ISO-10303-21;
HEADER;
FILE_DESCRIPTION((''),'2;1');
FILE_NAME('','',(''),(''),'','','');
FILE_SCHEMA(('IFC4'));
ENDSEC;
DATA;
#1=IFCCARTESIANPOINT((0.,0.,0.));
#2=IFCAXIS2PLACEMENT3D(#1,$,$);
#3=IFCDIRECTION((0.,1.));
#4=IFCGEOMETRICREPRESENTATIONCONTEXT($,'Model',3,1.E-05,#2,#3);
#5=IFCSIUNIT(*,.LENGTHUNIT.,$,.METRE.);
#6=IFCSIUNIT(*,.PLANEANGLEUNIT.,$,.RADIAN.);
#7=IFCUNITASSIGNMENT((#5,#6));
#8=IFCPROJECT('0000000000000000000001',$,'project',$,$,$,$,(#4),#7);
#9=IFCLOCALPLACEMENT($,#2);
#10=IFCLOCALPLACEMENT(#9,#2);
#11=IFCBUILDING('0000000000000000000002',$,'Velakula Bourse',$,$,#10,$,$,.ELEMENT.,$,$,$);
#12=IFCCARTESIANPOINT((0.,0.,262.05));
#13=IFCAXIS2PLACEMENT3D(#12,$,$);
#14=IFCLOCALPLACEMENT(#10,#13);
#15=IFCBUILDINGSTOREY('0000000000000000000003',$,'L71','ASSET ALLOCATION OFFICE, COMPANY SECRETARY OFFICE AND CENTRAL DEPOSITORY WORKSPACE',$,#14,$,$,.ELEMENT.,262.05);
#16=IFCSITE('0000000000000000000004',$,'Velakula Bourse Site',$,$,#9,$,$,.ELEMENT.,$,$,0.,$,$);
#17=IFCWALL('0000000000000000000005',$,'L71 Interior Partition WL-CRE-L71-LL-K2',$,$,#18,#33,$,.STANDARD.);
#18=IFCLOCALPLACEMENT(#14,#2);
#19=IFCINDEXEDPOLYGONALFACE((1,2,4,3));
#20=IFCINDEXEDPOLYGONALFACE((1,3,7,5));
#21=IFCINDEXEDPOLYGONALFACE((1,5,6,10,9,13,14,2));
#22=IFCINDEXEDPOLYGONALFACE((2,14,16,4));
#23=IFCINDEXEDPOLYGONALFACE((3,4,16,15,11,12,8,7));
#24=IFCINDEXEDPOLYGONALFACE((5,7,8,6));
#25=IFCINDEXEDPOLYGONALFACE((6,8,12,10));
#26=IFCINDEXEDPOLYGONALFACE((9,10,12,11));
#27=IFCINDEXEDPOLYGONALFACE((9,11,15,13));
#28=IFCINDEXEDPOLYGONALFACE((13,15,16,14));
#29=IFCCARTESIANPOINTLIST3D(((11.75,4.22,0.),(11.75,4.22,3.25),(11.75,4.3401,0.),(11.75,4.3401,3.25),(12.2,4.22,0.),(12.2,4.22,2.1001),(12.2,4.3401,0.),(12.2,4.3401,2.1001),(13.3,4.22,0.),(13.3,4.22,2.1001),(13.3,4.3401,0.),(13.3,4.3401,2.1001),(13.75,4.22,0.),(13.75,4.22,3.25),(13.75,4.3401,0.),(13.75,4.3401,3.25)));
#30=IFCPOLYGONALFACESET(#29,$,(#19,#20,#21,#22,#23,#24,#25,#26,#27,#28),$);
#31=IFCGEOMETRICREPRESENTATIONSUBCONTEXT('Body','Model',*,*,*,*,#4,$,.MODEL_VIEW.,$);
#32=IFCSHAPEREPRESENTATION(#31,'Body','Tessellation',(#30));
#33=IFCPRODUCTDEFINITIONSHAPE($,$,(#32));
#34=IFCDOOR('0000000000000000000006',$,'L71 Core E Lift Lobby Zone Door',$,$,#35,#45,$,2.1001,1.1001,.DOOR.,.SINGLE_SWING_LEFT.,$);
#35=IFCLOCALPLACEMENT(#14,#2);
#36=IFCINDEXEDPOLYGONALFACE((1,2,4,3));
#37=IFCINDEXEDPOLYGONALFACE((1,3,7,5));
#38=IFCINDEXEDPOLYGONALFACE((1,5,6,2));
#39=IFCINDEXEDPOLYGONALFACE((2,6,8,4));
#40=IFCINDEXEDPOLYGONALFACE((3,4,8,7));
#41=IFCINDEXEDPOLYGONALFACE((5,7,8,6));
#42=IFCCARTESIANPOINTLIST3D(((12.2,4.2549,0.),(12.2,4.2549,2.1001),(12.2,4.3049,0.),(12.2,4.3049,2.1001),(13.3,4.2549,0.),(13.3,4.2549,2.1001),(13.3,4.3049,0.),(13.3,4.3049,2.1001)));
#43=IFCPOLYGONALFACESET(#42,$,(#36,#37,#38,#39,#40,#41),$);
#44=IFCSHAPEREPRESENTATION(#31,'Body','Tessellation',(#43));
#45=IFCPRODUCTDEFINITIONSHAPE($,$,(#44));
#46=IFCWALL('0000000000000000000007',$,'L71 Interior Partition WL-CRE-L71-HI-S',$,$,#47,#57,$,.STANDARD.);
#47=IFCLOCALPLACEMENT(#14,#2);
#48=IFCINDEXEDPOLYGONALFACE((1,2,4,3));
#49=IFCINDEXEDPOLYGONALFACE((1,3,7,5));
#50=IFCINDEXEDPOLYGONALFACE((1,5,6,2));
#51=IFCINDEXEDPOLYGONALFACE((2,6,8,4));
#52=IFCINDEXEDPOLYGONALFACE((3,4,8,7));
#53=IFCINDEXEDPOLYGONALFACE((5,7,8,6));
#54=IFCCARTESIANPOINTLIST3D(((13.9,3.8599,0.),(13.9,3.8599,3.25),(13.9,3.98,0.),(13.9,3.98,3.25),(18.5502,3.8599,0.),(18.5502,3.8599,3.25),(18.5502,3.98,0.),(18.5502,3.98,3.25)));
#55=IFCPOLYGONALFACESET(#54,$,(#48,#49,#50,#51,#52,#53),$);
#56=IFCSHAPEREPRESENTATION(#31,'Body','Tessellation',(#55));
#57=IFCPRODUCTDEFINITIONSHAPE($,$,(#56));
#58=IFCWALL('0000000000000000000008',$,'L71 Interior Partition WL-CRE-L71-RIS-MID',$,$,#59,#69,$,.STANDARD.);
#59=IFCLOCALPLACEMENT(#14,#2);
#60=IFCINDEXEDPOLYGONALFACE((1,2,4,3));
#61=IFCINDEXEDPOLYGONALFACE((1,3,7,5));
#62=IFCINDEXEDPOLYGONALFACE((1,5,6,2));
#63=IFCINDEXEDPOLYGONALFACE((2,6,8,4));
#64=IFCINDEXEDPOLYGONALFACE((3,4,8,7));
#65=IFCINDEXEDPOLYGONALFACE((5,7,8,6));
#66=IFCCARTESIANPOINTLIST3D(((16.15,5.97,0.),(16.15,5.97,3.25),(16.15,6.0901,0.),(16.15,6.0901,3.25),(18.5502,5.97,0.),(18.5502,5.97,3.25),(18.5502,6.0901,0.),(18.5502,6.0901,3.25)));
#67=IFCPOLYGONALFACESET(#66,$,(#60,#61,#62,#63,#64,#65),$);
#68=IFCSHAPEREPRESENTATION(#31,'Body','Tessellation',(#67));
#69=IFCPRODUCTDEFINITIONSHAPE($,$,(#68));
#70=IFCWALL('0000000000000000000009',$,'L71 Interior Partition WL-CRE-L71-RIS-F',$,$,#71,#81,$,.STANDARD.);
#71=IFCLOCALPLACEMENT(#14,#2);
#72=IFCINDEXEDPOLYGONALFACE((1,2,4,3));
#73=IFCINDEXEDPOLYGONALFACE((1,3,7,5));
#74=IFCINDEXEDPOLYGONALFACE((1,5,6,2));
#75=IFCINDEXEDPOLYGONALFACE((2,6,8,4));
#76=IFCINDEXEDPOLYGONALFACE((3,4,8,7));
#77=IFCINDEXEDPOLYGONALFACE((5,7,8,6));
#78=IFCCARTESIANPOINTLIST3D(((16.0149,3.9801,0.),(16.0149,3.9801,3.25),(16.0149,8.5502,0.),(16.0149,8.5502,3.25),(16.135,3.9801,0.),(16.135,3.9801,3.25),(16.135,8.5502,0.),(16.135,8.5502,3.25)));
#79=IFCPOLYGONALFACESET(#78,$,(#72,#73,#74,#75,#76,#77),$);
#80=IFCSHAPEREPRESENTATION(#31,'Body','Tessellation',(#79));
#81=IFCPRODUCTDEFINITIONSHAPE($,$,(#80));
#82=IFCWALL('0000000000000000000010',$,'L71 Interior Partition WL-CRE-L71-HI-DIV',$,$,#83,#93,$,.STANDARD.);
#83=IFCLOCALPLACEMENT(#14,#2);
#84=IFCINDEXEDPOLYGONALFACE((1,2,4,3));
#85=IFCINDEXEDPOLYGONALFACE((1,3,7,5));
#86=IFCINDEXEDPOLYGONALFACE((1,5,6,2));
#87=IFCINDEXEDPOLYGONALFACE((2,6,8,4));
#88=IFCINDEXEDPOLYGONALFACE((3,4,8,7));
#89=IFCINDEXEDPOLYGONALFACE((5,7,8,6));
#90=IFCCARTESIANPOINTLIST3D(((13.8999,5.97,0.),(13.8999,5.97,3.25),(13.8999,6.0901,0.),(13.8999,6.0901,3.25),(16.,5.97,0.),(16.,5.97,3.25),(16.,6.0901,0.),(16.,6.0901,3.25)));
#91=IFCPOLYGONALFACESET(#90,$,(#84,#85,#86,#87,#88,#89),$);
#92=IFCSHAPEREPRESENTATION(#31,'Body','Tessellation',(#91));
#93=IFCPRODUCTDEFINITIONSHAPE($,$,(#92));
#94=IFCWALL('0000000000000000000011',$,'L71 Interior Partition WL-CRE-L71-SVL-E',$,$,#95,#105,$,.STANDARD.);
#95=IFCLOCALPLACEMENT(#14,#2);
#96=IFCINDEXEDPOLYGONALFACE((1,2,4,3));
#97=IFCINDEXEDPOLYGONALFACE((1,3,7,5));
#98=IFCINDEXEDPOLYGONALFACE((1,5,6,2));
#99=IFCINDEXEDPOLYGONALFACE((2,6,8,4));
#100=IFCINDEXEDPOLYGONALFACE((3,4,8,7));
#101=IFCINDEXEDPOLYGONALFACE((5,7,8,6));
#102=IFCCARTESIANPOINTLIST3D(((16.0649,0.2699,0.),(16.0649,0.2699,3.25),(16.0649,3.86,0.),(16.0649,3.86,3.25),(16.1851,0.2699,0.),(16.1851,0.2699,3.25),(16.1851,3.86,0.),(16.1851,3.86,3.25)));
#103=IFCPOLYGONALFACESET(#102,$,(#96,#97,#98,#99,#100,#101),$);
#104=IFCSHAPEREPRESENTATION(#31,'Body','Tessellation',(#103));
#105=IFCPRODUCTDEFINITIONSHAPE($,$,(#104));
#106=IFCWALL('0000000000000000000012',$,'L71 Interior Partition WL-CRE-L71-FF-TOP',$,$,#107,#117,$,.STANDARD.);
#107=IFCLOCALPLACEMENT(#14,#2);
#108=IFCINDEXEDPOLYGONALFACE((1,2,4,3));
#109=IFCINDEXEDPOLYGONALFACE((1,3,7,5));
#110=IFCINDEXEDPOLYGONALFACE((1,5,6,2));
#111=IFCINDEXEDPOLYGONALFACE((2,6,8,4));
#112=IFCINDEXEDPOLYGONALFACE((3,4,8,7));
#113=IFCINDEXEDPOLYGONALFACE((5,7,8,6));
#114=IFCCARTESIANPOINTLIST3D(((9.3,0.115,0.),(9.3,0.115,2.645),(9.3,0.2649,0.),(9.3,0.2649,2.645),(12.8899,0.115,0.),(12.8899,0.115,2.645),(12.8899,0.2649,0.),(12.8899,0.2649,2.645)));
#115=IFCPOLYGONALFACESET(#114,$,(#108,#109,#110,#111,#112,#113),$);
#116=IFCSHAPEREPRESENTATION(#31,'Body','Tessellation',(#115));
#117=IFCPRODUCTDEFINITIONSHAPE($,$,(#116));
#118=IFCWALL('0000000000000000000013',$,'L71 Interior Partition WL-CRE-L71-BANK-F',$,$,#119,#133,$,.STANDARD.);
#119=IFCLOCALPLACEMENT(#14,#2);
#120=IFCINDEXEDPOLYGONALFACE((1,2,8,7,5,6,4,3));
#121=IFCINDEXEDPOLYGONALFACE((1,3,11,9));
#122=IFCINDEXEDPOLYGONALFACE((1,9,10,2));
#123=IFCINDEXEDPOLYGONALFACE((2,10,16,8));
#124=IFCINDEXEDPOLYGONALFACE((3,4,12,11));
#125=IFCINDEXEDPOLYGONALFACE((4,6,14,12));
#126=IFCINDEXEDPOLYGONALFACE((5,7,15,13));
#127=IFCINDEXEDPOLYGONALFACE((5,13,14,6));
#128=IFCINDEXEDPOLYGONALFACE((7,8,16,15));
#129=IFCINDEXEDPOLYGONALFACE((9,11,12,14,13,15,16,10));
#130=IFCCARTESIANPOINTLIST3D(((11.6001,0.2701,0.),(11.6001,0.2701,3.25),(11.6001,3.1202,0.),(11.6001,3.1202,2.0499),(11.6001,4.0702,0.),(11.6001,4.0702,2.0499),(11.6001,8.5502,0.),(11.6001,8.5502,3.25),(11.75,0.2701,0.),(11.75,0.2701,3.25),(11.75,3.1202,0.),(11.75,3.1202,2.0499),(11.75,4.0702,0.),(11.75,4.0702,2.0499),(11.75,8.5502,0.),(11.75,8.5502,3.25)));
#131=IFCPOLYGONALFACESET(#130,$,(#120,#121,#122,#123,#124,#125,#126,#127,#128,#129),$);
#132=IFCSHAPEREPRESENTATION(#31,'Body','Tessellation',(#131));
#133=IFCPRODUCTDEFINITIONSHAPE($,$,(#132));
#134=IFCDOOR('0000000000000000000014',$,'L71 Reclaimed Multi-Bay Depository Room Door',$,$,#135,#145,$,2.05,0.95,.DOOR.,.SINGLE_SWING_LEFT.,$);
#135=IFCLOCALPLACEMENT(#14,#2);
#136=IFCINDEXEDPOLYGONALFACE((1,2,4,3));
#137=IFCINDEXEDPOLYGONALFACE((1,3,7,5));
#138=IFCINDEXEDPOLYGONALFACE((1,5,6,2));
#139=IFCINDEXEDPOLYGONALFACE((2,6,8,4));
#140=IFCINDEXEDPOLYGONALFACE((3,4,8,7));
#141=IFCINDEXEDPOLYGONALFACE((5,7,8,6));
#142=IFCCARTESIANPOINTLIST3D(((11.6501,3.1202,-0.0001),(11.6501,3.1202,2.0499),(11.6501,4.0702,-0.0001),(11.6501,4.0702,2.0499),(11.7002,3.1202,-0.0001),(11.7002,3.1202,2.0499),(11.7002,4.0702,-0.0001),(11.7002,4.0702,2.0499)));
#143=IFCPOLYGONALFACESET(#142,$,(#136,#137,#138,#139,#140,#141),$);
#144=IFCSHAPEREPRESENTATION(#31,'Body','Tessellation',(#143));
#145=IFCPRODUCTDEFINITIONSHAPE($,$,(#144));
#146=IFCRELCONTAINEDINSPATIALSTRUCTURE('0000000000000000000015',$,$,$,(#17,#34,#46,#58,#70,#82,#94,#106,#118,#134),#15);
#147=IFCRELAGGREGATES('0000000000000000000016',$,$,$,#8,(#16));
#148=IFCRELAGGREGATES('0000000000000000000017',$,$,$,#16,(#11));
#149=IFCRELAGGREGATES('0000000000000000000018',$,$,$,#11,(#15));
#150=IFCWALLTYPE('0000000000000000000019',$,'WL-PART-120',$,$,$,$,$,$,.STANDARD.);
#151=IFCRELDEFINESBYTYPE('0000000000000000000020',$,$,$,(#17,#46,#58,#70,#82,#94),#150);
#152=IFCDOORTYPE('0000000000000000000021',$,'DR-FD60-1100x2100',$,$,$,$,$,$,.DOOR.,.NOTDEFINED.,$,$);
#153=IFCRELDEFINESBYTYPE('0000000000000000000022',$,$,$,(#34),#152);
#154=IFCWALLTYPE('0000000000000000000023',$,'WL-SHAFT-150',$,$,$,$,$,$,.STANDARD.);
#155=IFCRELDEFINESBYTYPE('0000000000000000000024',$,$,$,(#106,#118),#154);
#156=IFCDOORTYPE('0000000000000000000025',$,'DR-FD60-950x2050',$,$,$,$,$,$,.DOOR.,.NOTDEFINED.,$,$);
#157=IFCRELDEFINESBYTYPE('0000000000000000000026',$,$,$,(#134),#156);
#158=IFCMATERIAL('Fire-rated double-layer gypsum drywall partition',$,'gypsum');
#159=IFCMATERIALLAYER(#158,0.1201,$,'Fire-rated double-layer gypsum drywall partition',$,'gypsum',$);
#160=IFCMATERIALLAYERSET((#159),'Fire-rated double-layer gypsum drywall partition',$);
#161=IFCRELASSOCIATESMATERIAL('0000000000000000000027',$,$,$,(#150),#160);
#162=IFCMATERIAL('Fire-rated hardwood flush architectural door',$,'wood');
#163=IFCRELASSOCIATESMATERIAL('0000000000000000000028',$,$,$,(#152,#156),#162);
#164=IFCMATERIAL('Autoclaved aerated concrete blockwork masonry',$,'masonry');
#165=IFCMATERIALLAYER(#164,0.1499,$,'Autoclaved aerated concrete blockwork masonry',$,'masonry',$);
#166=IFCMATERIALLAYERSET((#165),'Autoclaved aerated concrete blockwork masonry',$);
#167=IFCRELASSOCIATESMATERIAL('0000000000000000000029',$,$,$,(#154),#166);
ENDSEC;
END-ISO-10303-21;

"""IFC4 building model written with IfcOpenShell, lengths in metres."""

from ifc_helpers import new_model, si_unit, direction, frame, frame_2d, origin, place, context, subcontext, project, spatial, rectangle, extrude, material, layer, layer_set, type_object, element, fill, save


model = new_model("IFC4")

# Units and contexts
model_context = context("Model", 3, precision=1e-05, world=origin(), true_north=direction((0.0, 1.0)))
body_context = subcontext(model_context, "Body", "Model", "MODEL_VIEW")
ifc_project = project(units=[si_unit("LENGTHUNIT", "METRE"), si_unit("PLANEANGLEUNIT", "RADIAN")], contexts=[model_context])

# Site, building, storey
site_placement = place(None, origin())
site = spatial("IfcSite", under=ifc_project, at=site_placement, Name="Velakula Bourse Site", CompositionType="ELEMENT", RefElevation=0.0)
building_placement = place(site_placement, origin())
building = spatial("IfcBuilding", under=site, at=building_placement, Name="Velakula Bourse", CompositionType="ELEMENT")
storey_placement = place(building_placement, frame((0.0, 0.0, 262.05)))
storey = spatial("IfcBuildingStorey", under=building, at=storey_placement, Name="L71", Description="ASSET ALLOCATION OFFICE, COMPANY SECRETARY OFFICE AND CENTRAL DEPOSITORY WORKSPACE", CompositionType="ELEMENT", Elevation=262.05)

# Wall, opening, door
ifc_material_1 = material(Name="Fire-rated double-layer gypsum drywall partition", Category="gypsum")
ifc_layer_1 = layer(ifc_material_1, 0.1201, Name="Fire-rated double-layer gypsum drywall partition", Category="gypsum")
ifc_layer_set_1 = layer_set([ifc_layer_1], Name="Fire-rated double-layer gypsum drywall partition")
wall_type_1 = type_object("IfcWallType", Name="WL-PART-120", PredefinedType="STANDARD", material=ifc_layer_set_1)
wall_1_placement = place(storey_placement, frame((11.75, 4.28, 0.0), z_axis=(0.0, 0.0, 1.0), x_axis=(1.0, 0.0, 0.0)))
wall_1 = element("IfcWall", 1, at=wall_1_placement, inside=storey, type_object=wall_type_1, Name="L71 Interior Partition WL-CRE-L71-LL-K2", PredefinedType="STANDARD", context=body_context, shape_type="SweptSolid", body=[
    extrude(rectangle(XDim=2.0, YDim=0.1201, at=frame_2d((1.0, 0.0))), origin(), (0.0, 0.0, 1.0), 3.25),
])
opening_1_placement = place(wall_1_placement, frame((0.45, 0.0, 0.0)))
opening_1 = element("IfcOpeningElement", 2, at=opening_1_placement, cuts=wall_1, PredefinedType="OPENING", context=body_context, shape_type="SweptSolid", body=[
    extrude(rectangle(XDim=1.1001, YDim=2.1001, at=frame_2d((0.55, 1.05))), frame((0.0, 0.0701, 0.0), z_axis=(0.0, -1.0, 0.0), x_axis=(1.0, 0.0, 0.0)), (0.0, 0.0, 1.0), 0.1401),
])
ifc_material_2 = material(Name="Fire-rated hardwood flush architectural door", Category="wood")
door_type_1 = type_object("IfcDoorType", Name="DR-FD60-1100x2100", OperationType="NOTDEFINED", PredefinedType="DOOR", material=ifc_material_2)
door_1_placement = place(opening_1_placement, origin())
door_1 = element("IfcDoor", 3, at=door_1_placement, inside=storey, type_object=door_type_1, Name="L71 Core E Lift Lobby Zone Door", OperationType="SINGLE_SWING_LEFT", OverallHeight=2.1001, OverallWidth=1.1001, PredefinedType="DOOR", context=body_context, shape_type="SweptSolid", body=[
    extrude(rectangle(XDim=1.1001, YDim=2.1001, at=frame_2d((0.55, 1.05))), frame((0.0, 0.0249, 0.0), z_axis=(0.0, -1.0, 0.0), x_axis=(1.0, 0.0, 0.0)), (0.0, 0.0, 1.0), 0.05),
])
fill(opening_1, door_1)

# Walls
wall_2_placement = place(storey_placement, frame((13.8999, 3.9199, 0.0), z_axis=(0.0, 0.0, 1.0), x_axis=(1.0, 0.0, 0.0)))
element("IfcWall", 4, at=wall_2_placement, inside=storey, type_object=wall_type_1, Name="L71 Interior Partition WL-CRE-L71-HI-S", PredefinedType="STANDARD", context=body_context, shape_type="SweptSolid", body=[
    extrude(rectangle(XDim=4.6501, YDim=0.1201, at=frame_2d((2.3252, 0.0))), origin(), (0.0, 0.0, 1.0), 3.25),
])
wall_3_placement = place(storey_placement, frame((16.1499, 6.03, 0.0), z_axis=(0.0, 0.0, 1.0), x_axis=(1.0, 0.0, 0.0)))
element("IfcWall", 5, at=wall_3_placement, inside=storey, type_object=wall_type_1, Name="L71 Interior Partition WL-CRE-L71-RIS-MID", PredefinedType="STANDARD", context=body_context, shape_type="SweptSolid", body=[
    extrude(rectangle(XDim=2.4001, YDim=0.1201, at=frame_2d((1.2002, 0.0))), origin(), (0.0, 0.0, 1.0), 3.25),
])
wall_4_placement = place(storey_placement, frame((16.075, 3.98, 0.0), z_axis=(0.0, 0.0, 1.0), x_axis=(0.0, 1.0, 0.0)))
element("IfcWall", 6, at=wall_4_placement, inside=storey, type_object=wall_type_1, Name="L71 Interior Partition WL-CRE-L71-RIS-F", PredefinedType="STANDARD", context=body_context, shape_type="SweptSolid", body=[
    extrude(rectangle(XDim=4.5701, YDim=0.1201, at=frame_2d((2.2852, 0.0))), origin(), (0.0, 0.0, 1.0), 3.25),
])
wall_5_placement = place(storey_placement, frame((13.8999, 6.03, 0.0), z_axis=(0.0, 0.0, 1.0), x_axis=(1.0, 0.0, 0.0)))
element("IfcWall", 7, at=wall_5_placement, inside=storey, type_object=wall_type_1, Name="L71 Interior Partition WL-CRE-L71-HI-DIV", PredefinedType="STANDARD", context=body_context, shape_type="SweptSolid", body=[
    extrude(rectangle(XDim=2.1001, YDim=0.1201, at=frame_2d((1.05, 0.0))), origin(), (0.0, 0.0, 1.0), 3.25),
])
wall_6_placement = place(storey_placement, frame((16.125, 0.27, 0.0), z_axis=(0.0, 0.0, 1.0), x_axis=(0.0, 1.0, 0.0)))
element("IfcWall", 8, at=wall_6_placement, inside=storey, type_object=wall_type_1, Name="L71 Interior Partition WL-CRE-L71-SVL-E", PredefinedType="STANDARD", context=body_context, shape_type="SweptSolid", body=[
    extrude(rectangle(XDim=3.5901, YDim=0.1201, at=frame_2d((1.7949, 0.0))), origin(), (0.0, 0.0, 1.0), 3.25),
])
ifc_material_3 = material(Name="Autoclaved aerated concrete blockwork masonry", Category="masonry")
ifc_layer_2 = layer(ifc_material_3, 0.1499, Name="Autoclaved aerated concrete blockwork masonry", Category="masonry")
ifc_layer_set_2 = layer_set([ifc_layer_2], Name="Autoclaved aerated concrete blockwork masonry")
wall_type_2 = type_object("IfcWallType", Name="WL-SHAFT-150", PredefinedType="STANDARD", material=ifc_layer_set_2)
wall_7_placement = place(storey_placement, frame((9.3, 0.1899, 0.0), z_axis=(0.0, 0.0, 1.0), x_axis=(1.0, 0.0, 0.0)))
element("IfcWall", 9, at=wall_7_placement, inside=storey, type_object=wall_type_2, Name="L71 Interior Partition WL-CRE-L71-FF-TOP", PredefinedType="STANDARD", context=body_context, shape_type="SweptSolid", body=[
    extrude(rectangle(XDim=3.5898, YDim=0.1499, at=frame_2d((1.7949, 0.0))), origin(), (0.0, 0.0, 1.0), 2.645),
])

# Wall, opening, door
wall_8_placement = place(storey_placement, frame((11.675, 0.27, 0.0), z_axis=(0.0, 0.0, 1.0), x_axis=(0.0, 1.0, 0.0)))
wall_8 = element("IfcWall", 10, at=wall_8_placement, inside=storey, type_object=wall_type_2, Name="L71 Interior Partition WL-CRE-L71-BANK-F", PredefinedType="STANDARD", context=body_context, shape_type="SweptSolid", body=[
    extrude(rectangle(XDim=8.28, YDim=0.1499, at=frame_2d((4.1401, 0.0))), origin(), (0.0, 0.0, 1.0), 3.25),
])
opening_2_placement = place(wall_8_placement, frame((2.8501, 0.0, 0.0)))
opening_2 = element("IfcOpeningElement", 11, at=opening_2_placement, cuts=wall_8, PredefinedType="OPENING", context=body_context, shape_type="SweptSolid", body=[
    extrude(rectangle(XDim=0.95, YDim=2.05, at=frame_2d((0.4751, 1.0249))), frame((0.0, 0.085, 0.0), z_axis=(0.0, -1.0, 0.0), x_axis=(1.0, 0.0, 0.0)), (0.0, 0.0, 1.0), 0.1699),
])
door_type_2 = type_object("IfcDoorType", Name="DR-FD60-950x2050", OperationType="NOTDEFINED", PredefinedType="DOOR", material=ifc_material_2)
door_2_placement = place(opening_2_placement, origin())
door_2 = element("IfcDoor", 12, at=door_2_placement, inside=storey, type_object=door_type_2, Name="L71 Reclaimed Multi-Bay Depository Room Door", OperationType="SINGLE_SWING_LEFT", OverallHeight=2.05, OverallWidth=0.95, PredefinedType="DOOR", context=body_context, shape_type="SweptSolid", body=[
    extrude(rectangle(XDim=0.95, YDim=2.05, at=frame_2d((0.4751, 1.0249))), frame((0.0, 0.0249, 0.0), z_axis=(0.0, -1.0, 0.0), x_axis=(1.0, 0.0, 0.0)), (0.0, 0.0, 1.0), 0.05),
])
fill(opening_2, door_2)

save(model, "model.ifc")
